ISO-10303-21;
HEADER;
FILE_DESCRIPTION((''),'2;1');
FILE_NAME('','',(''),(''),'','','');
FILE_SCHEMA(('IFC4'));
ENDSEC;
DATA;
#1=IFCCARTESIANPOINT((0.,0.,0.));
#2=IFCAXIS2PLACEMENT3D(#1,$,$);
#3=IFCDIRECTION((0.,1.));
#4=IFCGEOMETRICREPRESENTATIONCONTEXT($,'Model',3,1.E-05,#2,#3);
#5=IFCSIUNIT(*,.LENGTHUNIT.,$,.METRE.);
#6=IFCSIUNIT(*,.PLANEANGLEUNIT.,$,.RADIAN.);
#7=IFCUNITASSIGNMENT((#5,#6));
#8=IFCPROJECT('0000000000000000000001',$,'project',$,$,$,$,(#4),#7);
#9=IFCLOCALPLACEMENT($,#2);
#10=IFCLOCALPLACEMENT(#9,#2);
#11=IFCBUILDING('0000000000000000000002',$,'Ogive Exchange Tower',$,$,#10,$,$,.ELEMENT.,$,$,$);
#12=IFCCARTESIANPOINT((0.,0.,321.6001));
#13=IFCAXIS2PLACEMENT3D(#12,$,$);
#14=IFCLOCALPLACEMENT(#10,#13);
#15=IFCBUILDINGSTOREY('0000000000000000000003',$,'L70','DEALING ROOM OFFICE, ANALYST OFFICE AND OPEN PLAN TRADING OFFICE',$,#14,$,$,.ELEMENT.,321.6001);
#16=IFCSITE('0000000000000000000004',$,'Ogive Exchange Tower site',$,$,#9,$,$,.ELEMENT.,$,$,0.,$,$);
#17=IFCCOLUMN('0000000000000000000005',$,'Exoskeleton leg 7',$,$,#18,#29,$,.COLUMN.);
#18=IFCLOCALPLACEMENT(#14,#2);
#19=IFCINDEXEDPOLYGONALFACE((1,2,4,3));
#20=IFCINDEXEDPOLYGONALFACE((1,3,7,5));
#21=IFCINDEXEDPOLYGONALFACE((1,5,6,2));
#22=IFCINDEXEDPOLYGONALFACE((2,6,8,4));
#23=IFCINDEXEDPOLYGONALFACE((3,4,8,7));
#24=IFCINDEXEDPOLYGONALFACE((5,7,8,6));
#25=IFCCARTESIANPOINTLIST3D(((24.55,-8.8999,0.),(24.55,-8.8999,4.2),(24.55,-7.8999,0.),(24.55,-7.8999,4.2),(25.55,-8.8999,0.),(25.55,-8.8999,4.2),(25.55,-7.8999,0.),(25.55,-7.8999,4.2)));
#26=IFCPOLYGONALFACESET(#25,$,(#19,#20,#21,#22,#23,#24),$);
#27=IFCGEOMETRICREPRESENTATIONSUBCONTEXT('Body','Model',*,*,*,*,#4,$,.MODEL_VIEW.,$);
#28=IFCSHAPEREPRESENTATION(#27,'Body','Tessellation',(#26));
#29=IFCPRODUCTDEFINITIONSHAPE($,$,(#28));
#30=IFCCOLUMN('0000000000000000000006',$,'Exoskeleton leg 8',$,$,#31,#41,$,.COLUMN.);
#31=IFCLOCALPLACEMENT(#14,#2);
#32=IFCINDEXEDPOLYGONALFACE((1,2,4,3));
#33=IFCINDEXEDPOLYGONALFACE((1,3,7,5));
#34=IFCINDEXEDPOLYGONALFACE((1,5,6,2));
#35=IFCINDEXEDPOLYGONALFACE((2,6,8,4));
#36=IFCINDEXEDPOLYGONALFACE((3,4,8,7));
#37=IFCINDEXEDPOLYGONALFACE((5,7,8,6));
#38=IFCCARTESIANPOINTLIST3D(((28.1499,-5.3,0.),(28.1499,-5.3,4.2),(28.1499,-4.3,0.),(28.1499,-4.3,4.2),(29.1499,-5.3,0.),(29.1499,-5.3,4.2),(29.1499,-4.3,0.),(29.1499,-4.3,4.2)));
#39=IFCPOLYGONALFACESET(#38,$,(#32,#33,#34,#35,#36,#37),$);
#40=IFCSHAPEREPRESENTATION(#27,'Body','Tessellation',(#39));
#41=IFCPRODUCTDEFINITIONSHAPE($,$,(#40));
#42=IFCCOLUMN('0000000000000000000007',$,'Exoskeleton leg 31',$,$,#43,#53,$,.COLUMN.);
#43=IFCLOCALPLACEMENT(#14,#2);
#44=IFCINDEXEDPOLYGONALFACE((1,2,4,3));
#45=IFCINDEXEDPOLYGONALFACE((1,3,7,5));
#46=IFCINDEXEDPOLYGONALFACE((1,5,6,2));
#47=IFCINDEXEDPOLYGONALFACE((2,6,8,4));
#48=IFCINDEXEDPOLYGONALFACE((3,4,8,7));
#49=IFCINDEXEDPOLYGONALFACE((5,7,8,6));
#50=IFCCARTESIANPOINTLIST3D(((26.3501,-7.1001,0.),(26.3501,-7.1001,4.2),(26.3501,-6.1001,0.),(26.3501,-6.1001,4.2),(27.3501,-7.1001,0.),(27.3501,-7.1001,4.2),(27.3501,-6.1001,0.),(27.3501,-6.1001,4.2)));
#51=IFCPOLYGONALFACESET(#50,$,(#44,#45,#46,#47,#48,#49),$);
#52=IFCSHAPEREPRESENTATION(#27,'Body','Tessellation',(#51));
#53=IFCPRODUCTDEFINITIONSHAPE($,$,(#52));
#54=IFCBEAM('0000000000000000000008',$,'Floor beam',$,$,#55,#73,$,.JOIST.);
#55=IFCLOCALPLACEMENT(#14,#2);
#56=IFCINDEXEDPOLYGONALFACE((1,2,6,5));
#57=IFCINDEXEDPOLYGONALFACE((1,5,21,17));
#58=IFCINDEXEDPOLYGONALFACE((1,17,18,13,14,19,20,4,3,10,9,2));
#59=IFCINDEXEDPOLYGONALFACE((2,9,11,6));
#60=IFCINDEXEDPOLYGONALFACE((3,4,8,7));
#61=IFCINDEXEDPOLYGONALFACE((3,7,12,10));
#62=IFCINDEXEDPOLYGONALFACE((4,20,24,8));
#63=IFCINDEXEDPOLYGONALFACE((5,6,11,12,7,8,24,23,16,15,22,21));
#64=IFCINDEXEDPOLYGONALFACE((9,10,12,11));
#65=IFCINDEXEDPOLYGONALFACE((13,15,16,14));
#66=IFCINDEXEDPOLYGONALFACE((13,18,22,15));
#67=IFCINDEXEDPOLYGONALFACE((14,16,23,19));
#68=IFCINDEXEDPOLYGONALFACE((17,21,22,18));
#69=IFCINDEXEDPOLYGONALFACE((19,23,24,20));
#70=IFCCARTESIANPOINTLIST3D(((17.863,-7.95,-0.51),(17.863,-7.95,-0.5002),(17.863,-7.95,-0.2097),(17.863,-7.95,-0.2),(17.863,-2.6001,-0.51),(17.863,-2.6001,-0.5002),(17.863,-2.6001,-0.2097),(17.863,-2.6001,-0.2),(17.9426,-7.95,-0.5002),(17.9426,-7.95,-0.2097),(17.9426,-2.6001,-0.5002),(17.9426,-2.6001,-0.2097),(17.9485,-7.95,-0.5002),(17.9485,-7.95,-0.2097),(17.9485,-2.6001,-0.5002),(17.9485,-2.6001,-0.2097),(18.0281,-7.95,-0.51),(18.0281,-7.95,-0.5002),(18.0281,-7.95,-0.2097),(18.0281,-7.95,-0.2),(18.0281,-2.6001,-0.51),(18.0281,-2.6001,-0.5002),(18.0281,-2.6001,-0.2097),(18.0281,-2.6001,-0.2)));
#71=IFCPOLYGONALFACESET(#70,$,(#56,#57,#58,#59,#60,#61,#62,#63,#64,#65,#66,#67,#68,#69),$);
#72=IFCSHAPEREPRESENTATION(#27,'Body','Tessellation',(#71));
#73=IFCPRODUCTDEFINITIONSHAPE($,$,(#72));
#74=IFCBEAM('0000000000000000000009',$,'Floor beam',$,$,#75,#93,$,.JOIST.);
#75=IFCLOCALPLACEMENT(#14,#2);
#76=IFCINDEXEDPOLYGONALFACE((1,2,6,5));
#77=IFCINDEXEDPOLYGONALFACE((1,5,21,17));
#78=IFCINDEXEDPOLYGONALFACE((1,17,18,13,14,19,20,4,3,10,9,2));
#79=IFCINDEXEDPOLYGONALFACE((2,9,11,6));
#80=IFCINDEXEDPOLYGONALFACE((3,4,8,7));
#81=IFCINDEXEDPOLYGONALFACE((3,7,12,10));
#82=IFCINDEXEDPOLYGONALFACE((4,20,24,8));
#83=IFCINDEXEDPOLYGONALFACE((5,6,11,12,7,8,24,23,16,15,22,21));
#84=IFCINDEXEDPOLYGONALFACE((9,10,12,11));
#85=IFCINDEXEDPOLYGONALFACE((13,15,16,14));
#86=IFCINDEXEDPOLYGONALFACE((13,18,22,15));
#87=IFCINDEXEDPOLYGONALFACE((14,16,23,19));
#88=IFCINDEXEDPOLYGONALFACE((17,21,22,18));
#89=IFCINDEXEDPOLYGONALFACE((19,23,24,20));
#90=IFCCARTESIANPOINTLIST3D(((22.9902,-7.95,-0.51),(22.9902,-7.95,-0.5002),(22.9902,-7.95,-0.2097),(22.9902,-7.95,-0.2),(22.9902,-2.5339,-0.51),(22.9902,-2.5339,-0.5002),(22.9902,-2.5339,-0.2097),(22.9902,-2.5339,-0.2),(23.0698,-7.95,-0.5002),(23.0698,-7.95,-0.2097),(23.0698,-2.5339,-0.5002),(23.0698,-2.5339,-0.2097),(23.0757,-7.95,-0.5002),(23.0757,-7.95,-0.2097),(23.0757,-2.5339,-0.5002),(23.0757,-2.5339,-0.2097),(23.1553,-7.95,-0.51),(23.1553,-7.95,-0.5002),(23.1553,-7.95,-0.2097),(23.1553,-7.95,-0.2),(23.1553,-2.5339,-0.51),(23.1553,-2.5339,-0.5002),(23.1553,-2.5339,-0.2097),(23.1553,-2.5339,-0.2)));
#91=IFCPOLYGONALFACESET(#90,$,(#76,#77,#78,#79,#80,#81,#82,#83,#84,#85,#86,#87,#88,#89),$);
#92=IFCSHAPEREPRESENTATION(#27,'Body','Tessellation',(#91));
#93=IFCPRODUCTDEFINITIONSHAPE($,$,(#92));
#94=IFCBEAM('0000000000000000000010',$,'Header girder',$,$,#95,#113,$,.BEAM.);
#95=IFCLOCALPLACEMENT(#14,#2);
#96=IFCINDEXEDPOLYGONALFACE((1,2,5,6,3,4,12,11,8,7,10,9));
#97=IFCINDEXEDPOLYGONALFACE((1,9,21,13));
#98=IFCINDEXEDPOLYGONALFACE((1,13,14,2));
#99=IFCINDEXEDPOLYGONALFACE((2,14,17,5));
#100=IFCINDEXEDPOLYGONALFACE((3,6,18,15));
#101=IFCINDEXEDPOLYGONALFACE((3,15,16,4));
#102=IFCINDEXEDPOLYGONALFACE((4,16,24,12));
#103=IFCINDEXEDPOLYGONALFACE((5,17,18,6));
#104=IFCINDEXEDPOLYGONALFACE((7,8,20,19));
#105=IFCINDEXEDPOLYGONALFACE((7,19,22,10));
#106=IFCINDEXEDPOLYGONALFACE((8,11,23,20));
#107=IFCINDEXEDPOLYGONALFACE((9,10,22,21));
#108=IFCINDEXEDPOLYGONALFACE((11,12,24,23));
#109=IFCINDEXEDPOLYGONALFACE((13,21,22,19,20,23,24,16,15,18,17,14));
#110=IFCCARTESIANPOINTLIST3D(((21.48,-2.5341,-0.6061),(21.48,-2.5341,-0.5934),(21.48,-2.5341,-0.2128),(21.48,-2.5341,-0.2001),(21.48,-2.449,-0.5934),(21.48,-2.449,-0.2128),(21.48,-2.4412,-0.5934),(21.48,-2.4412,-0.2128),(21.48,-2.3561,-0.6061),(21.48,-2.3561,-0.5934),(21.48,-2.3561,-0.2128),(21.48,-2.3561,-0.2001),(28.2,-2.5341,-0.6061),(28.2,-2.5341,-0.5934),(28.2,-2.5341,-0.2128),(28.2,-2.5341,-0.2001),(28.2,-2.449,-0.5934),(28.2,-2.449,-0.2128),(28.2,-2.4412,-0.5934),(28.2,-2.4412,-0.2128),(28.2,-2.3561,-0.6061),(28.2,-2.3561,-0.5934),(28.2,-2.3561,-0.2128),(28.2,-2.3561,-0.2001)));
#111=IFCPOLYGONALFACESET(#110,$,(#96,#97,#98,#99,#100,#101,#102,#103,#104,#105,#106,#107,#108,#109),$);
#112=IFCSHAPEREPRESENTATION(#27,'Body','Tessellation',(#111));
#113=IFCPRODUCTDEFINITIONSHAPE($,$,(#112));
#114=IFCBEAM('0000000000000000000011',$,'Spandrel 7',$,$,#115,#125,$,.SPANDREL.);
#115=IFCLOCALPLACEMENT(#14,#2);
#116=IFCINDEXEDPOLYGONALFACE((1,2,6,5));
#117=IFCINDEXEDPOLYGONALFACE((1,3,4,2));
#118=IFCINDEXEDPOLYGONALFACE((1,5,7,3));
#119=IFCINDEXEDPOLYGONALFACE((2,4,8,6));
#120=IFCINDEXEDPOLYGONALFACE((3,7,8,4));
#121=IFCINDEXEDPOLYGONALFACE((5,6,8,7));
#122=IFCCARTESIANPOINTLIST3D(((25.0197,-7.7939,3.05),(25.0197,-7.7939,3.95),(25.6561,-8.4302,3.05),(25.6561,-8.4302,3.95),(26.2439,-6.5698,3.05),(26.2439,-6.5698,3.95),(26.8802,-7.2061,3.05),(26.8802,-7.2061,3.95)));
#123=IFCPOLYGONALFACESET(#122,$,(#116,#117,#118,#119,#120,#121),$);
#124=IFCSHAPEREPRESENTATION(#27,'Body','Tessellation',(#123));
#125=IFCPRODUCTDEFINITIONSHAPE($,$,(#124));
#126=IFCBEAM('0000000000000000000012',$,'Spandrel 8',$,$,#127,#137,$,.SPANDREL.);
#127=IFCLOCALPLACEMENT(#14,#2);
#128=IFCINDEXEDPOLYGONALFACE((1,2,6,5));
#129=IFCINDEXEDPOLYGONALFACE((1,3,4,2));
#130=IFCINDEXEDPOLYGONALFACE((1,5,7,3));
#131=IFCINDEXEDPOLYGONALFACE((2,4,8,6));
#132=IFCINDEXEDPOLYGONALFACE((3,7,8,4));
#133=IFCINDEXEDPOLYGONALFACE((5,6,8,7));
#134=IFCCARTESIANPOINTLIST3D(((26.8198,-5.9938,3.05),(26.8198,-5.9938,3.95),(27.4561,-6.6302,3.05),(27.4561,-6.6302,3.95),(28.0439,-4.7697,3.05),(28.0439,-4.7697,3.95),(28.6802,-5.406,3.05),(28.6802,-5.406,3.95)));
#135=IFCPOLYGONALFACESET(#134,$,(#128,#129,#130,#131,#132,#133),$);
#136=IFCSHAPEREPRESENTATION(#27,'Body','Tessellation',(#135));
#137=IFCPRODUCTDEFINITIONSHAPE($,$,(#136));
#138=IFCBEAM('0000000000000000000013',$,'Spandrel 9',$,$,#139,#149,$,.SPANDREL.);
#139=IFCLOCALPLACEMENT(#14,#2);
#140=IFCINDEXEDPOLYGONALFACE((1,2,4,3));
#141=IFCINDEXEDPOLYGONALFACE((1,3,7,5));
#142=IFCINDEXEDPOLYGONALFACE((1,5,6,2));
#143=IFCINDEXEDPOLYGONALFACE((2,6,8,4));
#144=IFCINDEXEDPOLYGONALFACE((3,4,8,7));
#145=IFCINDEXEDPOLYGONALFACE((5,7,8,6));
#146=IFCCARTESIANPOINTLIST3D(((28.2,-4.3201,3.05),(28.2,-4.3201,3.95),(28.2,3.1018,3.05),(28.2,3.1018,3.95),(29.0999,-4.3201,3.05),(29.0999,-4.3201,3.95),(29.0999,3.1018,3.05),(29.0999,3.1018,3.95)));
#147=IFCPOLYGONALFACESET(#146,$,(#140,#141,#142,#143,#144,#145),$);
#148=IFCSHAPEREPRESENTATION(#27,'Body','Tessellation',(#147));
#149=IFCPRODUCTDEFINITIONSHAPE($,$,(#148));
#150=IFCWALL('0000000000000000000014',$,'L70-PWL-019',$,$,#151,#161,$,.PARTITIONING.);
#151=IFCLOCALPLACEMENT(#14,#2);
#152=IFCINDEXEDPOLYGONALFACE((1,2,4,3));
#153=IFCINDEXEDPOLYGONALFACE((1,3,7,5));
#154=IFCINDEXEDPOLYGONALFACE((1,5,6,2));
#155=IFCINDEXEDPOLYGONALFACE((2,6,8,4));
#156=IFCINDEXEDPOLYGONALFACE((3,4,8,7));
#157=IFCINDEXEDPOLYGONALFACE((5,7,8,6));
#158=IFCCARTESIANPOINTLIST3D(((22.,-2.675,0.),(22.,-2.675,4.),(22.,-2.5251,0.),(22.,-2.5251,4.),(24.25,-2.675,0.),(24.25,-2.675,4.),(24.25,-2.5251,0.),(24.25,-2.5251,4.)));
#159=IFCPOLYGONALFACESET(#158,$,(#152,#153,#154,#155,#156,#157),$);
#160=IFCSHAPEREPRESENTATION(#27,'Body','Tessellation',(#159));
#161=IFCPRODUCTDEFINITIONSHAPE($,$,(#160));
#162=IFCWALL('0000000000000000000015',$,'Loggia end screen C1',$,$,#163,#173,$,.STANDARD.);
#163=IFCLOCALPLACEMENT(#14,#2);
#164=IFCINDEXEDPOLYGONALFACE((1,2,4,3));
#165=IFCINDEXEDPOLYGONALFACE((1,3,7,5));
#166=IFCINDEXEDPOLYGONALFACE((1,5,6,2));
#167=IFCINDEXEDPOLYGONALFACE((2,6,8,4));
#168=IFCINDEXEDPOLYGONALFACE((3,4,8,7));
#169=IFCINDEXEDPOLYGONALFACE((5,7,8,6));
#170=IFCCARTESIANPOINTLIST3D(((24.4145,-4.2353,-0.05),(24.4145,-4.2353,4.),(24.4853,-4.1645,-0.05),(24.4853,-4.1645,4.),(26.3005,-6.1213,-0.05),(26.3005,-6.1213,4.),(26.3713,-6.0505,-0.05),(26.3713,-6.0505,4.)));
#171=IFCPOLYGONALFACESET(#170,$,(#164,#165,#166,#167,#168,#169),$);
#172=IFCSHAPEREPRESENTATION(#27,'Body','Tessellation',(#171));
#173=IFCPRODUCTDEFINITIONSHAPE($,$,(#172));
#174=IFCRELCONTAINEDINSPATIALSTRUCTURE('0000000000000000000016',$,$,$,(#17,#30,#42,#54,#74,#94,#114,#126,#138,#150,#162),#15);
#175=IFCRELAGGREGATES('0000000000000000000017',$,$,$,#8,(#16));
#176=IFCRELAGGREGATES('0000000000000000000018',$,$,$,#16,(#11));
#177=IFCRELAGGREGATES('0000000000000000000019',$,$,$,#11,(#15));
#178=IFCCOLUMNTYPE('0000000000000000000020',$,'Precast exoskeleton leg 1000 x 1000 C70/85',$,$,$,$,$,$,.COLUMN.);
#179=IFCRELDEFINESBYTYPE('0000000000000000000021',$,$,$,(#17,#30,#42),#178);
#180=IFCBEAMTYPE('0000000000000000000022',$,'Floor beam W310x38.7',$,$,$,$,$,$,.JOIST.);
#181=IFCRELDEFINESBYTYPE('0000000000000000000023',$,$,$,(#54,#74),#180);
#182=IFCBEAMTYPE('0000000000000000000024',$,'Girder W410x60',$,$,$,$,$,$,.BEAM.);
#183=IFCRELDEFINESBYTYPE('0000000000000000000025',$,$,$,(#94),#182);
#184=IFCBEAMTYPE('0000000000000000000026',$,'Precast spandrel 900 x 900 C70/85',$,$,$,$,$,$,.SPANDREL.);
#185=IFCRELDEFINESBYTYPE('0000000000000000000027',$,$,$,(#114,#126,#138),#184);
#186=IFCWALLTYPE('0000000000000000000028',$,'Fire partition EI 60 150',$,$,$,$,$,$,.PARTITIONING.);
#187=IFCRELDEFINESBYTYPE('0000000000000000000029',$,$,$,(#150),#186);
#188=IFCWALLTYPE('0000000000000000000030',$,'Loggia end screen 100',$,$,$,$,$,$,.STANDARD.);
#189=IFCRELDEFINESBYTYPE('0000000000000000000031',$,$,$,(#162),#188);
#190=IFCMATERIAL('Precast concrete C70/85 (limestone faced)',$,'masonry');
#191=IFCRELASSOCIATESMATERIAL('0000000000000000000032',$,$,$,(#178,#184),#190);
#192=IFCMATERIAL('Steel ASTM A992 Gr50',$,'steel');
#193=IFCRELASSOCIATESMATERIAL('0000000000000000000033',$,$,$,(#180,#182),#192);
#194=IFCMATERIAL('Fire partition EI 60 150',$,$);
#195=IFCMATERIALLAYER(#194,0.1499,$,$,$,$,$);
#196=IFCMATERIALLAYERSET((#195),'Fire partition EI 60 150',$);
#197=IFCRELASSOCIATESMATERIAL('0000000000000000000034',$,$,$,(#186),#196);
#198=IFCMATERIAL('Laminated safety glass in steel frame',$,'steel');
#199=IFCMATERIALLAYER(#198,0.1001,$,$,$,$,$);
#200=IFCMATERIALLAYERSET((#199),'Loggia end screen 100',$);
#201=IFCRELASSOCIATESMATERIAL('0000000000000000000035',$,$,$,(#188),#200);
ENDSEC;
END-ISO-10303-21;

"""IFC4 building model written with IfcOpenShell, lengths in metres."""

from ifc_helpers import new_model, si_unit, direction, frame, frame_2d, origin, origin_2d, place, context, subcontext, project, spatial, rectangle, i_section, extrude, material, layer, layer_set, material_profile, profile_set, type_object, element, save


model = new_model("IFC4")

# Units and contexts
model_context = context("Model", 3, precision=1e-05, world=origin(), true_north=direction((0.0, 1.0)))
body_context = subcontext(model_context, "Body", "Model", "MODEL_VIEW")
ifc_project = project(units=[si_unit("LENGTHUNIT", "METRE"), si_unit("PLANEANGLEUNIT", "RADIAN")], contexts=[model_context])

# Site, building, storey
site_placement = place(None, origin())
site = spatial("IfcSite", under=ifc_project, at=site_placement, Name="Ogive Exchange Tower site", CompositionType="ELEMENT", RefElevation=0.0)
building_placement = place(site_placement, origin())
building = spatial("IfcBuilding", under=site, at=building_placement, Name="Ogive Exchange Tower", CompositionType="ELEMENT")
storey_placement = place(building_placement, frame((0.0, 0.0, 321.6001)))
storey = spatial("IfcBuildingStorey", under=building, at=storey_placement, Name="L70", Description="DEALING ROOM OFFICE, ANALYST OFFICE AND OPEN PLAN TRADING OFFICE", CompositionType="ELEMENT", Elevation=321.6001)

# Columns
ifc_material_1 = material(Name="Precast concrete C70/85 (limestone faced)", Category="masonry")
ifc_material_profile_1 = material_profile(ifc_material_1, rectangle(XDim=1.0, YDim=1.0, at=origin_2d()), Name="1000 x 1000")
ifc_profile_set_1 = profile_set([ifc_material_profile_1], Name="Precast concrete C70/85 (limestone faced)")
column_type = type_object("IfcColumnType", Name="Precast exoskeleton leg 1000 x 1000 C70/85", PredefinedType="COLUMN", material=ifc_profile_set_1)
for number, where, z_axis, x_axis, name in (
    (1, (25.05, -8.3999, 0.0), (0.0, 0.0, 1.0), (1.0, 0.0, 0.0), "Exoskeleton leg 7"),
    (2, (28.6499, -4.8, 0.0), (0.0, 0.0, 1.0), (1.0, 0.0, 0.0), "Exoskeleton leg 8"),
    (3, (26.8501, -6.6001, 0.0), (0.0, 0.0, 1.0), (1.0, 0.0, 0.0), "Exoskeleton leg 31"),
):
    element("IfcColumn", number, at=place(storey_placement, frame(where, z_axis=z_axis, x_axis=x_axis)), inside=storey, type_object=column_type, Name=name, PredefinedType="COLUMN", context=body_context, shape_type="SweptSolid", body=[
        extrude(rectangle(XDim=1.0, YDim=1.0, at=origin_2d()), origin(), (0.0, 0.0, 1.0), 4.2),
    ])

# Beams
ifc_material_2 = material(Name="Steel ASTM A992 Gr50", Category="steel")
ifc_material_profile_2 = material_profile(ifc_material_2, i_section(OverallWidth=0.165, OverallDepth=0.3101, WebThickness=0.0059, FlangeThickness=0.0098, at=origin_2d()), Name="W310x38.7")
ifc_profile_set_2 = profile_set([ifc_material_profile_2], Name="Steel ASTM A992 Gr50")
beam_type_1 = type_object("IfcBeamType", Name="Floor beam W310x38.7", PredefinedType="JOIST", material=ifc_profile_set_2)
beam_1_placement = place(storey_placement, frame((17.9456, -7.95, -0.355), z_axis=(0.0, 1.0, 0.0), x_axis=(-1.0, 0.0, 0.0)))
element("IfcBeam", 4, at=beam_1_placement, inside=storey, type_object=beam_type_1, Name="Floor beam", PredefinedType="JOIST", context=body_context, shape_type="SweptSolid", body=[
    extrude(i_section(OverallWidth=0.165, OverallDepth=0.3101, WebThickness=0.0059, FlangeThickness=0.0098, at=origin_2d()), origin(), (0.0, 0.0, 1.0), 5.3499),
])
beam_2_placement = place(storey_placement, frame((23.0728, -7.95, -0.355), z_axis=(0.0, 1.0, 0.0), x_axis=(-1.0, 0.0, 0.0)))
element("IfcBeam", 5, at=beam_2_placement, inside=storey, type_object=beam_type_1, Name="Floor beam", PredefinedType="JOIST", context=body_context, shape_type="SweptSolid", body=[
    extrude(i_section(OverallWidth=0.165, OverallDepth=0.3101, WebThickness=0.0059, FlangeThickness=0.0098, at=origin_2d()), origin(), (0.0, 0.0, 1.0), 5.416),
])
ifc_material_profile_3 = material_profile(ifc_material_2, i_section(OverallWidth=0.178, OverallDepth=0.406, WebThickness=0.0078, FlangeThickness=0.0127, at=origin_2d()), Name="W410x60")
ifc_profile_set_3 = profile_set([ifc_material_profile_3], Name="Steel ASTM A992 Gr50")
beam_type_2 = type_object("IfcBeamType", Name="Girder W410x60", PredefinedType="BEAM", material=ifc_profile_set_3)
beam_3_placement = place(storey_placement, frame((21.48, -2.4451, -0.4031), z_axis=(1.0, 0.0, 0.0), x_axis=(0.0, 1.0, 0.0)))
element("IfcBeam", 6, at=beam_3_placement, inside=storey, type_object=beam_type_2, Name="Header girder", PredefinedType="BEAM", context=body_context, shape_type="SweptSolid", body=[
    extrude(i_section(OverallWidth=0.178, OverallDepth=0.406, WebThickness=0.0078, FlangeThickness=0.0127, at=origin_2d()), origin(), (0.0, 0.0, 1.0), 6.72),
])
ifc_material_profile_4 = material_profile(ifc_material_1, rectangle(XDim=0.8999, YDim=0.8999, at=origin_2d()), Name="900 x 900")
ifc_profile_set_4 = profile_set([ifc_material_profile_4], Name="Precast concrete C70/85 (limestone faced)")
beam_type_3 = type_object("IfcBeamType", Name="Precast spandrel 900 x 900 C70/85", PredefinedType="SPANDREL", material=ifc_profile_set_4)
for number, where, z_axis, x_axis, name in (
    (7, (25.3379, -8.1121, 3.5), (0.707107, 0.707107, 0.0), (-0.707107, 0.707107, 0.0), "Spandrel 7"),
    (8, (27.1379, -6.312, 3.5), (0.707107, 0.707107, 0.0), (-0.707107, 0.707107, 0.0), "Spandrel 8"),
):
    element("IfcBeam", number, at=place(storey_placement, frame(where, z_axis=z_axis, x_axis=x_axis)), inside=storey, type_object=beam_type_3, Name=name, PredefinedType="SPANDREL", context=body_context, shape_type="SweptSolid", body=[
        extrude(rectangle(XDim=0.8999, YDim=0.8999, at=origin_2d()), origin(), (0.0, 0.0, 1.0), 1.7312),
    ])
beam_4_placement = place(storey_placement, frame((28.6499, -4.3201, 3.5), z_axis=(0.0, 1.0, 0.0), x_axis=(-1.0, 0.0, 0.0)))
element("IfcBeam", 9, at=beam_4_placement, inside=storey, type_object=beam_type_3, Name="Spandrel 9", PredefinedType="SPANDREL", context=body_context, shape_type="SweptSolid", body=[
    extrude(rectangle(XDim=0.8999, YDim=0.8999, at=origin_2d()), origin(), (0.0, 0.0, 1.0), 7.4219),
])

# Walls
ifc_material_3 = material(Name="Fire partition EI 60 150")
ifc_layer_1 = layer(ifc_material_3, 0.1499)
ifc_layer_set_1 = layer_set([ifc_layer_1], Name="Fire partition EI 60 150")
wall_type_1 = type_object("IfcWallType", Name="Fire partition EI 60 150", PredefinedType="PARTITIONING", material=ifc_layer_set_1)
wall_1_placement = place(storey_placement, frame((22.0, -2.6001, 0.0), z_axis=(0.0, 0.0, 1.0), x_axis=(1.0, 0.0, 0.0)))
element("IfcWall", 10, at=wall_1_placement, inside=storey, type_object=wall_type_1, Name="L70-PWL-019", PredefinedType="PARTITIONING", context=body_context, shape_type="SweptSolid", body=[
    extrude(rectangle(XDim=2.25, YDim=0.1499, at=frame_2d((1.125, 0.0))), origin(), (0.0, 0.0, 1.0), 4.0),
])
ifc_material_4 = material(Name="Laminated safety glass in steel frame", Category="steel")
ifc_layer_2 = layer(ifc_material_4, 0.1001)
ifc_layer_set_2 = layer_set([ifc_layer_2], Name="Loggia end screen 100")
wall_type_2 = type_object("IfcWallType", Name="Loggia end screen 100", PredefinedType="STANDARD", material=ifc_layer_set_2)
wall_2_placement = place(storey_placement, frame((24.45, -4.2, -0.05), z_axis=(0.0, 0.0, 1.0), x_axis=(0.707107, -0.707107, 0.0)))
element("IfcWall", 11, at=wall_2_placement, inside=storey, type_object=wall_type_2, Name="Loggia end screen C1", PredefinedType="STANDARD", context=body_context, shape_type="SweptSolid", body=[
    extrude(rectangle(XDim=2.6672, YDim=0.1001, at=frame_2d((1.3335, 0.0))), origin(), (0.0, 0.0, 1.0), 4.05),
])

save(model, "model.ifc")
